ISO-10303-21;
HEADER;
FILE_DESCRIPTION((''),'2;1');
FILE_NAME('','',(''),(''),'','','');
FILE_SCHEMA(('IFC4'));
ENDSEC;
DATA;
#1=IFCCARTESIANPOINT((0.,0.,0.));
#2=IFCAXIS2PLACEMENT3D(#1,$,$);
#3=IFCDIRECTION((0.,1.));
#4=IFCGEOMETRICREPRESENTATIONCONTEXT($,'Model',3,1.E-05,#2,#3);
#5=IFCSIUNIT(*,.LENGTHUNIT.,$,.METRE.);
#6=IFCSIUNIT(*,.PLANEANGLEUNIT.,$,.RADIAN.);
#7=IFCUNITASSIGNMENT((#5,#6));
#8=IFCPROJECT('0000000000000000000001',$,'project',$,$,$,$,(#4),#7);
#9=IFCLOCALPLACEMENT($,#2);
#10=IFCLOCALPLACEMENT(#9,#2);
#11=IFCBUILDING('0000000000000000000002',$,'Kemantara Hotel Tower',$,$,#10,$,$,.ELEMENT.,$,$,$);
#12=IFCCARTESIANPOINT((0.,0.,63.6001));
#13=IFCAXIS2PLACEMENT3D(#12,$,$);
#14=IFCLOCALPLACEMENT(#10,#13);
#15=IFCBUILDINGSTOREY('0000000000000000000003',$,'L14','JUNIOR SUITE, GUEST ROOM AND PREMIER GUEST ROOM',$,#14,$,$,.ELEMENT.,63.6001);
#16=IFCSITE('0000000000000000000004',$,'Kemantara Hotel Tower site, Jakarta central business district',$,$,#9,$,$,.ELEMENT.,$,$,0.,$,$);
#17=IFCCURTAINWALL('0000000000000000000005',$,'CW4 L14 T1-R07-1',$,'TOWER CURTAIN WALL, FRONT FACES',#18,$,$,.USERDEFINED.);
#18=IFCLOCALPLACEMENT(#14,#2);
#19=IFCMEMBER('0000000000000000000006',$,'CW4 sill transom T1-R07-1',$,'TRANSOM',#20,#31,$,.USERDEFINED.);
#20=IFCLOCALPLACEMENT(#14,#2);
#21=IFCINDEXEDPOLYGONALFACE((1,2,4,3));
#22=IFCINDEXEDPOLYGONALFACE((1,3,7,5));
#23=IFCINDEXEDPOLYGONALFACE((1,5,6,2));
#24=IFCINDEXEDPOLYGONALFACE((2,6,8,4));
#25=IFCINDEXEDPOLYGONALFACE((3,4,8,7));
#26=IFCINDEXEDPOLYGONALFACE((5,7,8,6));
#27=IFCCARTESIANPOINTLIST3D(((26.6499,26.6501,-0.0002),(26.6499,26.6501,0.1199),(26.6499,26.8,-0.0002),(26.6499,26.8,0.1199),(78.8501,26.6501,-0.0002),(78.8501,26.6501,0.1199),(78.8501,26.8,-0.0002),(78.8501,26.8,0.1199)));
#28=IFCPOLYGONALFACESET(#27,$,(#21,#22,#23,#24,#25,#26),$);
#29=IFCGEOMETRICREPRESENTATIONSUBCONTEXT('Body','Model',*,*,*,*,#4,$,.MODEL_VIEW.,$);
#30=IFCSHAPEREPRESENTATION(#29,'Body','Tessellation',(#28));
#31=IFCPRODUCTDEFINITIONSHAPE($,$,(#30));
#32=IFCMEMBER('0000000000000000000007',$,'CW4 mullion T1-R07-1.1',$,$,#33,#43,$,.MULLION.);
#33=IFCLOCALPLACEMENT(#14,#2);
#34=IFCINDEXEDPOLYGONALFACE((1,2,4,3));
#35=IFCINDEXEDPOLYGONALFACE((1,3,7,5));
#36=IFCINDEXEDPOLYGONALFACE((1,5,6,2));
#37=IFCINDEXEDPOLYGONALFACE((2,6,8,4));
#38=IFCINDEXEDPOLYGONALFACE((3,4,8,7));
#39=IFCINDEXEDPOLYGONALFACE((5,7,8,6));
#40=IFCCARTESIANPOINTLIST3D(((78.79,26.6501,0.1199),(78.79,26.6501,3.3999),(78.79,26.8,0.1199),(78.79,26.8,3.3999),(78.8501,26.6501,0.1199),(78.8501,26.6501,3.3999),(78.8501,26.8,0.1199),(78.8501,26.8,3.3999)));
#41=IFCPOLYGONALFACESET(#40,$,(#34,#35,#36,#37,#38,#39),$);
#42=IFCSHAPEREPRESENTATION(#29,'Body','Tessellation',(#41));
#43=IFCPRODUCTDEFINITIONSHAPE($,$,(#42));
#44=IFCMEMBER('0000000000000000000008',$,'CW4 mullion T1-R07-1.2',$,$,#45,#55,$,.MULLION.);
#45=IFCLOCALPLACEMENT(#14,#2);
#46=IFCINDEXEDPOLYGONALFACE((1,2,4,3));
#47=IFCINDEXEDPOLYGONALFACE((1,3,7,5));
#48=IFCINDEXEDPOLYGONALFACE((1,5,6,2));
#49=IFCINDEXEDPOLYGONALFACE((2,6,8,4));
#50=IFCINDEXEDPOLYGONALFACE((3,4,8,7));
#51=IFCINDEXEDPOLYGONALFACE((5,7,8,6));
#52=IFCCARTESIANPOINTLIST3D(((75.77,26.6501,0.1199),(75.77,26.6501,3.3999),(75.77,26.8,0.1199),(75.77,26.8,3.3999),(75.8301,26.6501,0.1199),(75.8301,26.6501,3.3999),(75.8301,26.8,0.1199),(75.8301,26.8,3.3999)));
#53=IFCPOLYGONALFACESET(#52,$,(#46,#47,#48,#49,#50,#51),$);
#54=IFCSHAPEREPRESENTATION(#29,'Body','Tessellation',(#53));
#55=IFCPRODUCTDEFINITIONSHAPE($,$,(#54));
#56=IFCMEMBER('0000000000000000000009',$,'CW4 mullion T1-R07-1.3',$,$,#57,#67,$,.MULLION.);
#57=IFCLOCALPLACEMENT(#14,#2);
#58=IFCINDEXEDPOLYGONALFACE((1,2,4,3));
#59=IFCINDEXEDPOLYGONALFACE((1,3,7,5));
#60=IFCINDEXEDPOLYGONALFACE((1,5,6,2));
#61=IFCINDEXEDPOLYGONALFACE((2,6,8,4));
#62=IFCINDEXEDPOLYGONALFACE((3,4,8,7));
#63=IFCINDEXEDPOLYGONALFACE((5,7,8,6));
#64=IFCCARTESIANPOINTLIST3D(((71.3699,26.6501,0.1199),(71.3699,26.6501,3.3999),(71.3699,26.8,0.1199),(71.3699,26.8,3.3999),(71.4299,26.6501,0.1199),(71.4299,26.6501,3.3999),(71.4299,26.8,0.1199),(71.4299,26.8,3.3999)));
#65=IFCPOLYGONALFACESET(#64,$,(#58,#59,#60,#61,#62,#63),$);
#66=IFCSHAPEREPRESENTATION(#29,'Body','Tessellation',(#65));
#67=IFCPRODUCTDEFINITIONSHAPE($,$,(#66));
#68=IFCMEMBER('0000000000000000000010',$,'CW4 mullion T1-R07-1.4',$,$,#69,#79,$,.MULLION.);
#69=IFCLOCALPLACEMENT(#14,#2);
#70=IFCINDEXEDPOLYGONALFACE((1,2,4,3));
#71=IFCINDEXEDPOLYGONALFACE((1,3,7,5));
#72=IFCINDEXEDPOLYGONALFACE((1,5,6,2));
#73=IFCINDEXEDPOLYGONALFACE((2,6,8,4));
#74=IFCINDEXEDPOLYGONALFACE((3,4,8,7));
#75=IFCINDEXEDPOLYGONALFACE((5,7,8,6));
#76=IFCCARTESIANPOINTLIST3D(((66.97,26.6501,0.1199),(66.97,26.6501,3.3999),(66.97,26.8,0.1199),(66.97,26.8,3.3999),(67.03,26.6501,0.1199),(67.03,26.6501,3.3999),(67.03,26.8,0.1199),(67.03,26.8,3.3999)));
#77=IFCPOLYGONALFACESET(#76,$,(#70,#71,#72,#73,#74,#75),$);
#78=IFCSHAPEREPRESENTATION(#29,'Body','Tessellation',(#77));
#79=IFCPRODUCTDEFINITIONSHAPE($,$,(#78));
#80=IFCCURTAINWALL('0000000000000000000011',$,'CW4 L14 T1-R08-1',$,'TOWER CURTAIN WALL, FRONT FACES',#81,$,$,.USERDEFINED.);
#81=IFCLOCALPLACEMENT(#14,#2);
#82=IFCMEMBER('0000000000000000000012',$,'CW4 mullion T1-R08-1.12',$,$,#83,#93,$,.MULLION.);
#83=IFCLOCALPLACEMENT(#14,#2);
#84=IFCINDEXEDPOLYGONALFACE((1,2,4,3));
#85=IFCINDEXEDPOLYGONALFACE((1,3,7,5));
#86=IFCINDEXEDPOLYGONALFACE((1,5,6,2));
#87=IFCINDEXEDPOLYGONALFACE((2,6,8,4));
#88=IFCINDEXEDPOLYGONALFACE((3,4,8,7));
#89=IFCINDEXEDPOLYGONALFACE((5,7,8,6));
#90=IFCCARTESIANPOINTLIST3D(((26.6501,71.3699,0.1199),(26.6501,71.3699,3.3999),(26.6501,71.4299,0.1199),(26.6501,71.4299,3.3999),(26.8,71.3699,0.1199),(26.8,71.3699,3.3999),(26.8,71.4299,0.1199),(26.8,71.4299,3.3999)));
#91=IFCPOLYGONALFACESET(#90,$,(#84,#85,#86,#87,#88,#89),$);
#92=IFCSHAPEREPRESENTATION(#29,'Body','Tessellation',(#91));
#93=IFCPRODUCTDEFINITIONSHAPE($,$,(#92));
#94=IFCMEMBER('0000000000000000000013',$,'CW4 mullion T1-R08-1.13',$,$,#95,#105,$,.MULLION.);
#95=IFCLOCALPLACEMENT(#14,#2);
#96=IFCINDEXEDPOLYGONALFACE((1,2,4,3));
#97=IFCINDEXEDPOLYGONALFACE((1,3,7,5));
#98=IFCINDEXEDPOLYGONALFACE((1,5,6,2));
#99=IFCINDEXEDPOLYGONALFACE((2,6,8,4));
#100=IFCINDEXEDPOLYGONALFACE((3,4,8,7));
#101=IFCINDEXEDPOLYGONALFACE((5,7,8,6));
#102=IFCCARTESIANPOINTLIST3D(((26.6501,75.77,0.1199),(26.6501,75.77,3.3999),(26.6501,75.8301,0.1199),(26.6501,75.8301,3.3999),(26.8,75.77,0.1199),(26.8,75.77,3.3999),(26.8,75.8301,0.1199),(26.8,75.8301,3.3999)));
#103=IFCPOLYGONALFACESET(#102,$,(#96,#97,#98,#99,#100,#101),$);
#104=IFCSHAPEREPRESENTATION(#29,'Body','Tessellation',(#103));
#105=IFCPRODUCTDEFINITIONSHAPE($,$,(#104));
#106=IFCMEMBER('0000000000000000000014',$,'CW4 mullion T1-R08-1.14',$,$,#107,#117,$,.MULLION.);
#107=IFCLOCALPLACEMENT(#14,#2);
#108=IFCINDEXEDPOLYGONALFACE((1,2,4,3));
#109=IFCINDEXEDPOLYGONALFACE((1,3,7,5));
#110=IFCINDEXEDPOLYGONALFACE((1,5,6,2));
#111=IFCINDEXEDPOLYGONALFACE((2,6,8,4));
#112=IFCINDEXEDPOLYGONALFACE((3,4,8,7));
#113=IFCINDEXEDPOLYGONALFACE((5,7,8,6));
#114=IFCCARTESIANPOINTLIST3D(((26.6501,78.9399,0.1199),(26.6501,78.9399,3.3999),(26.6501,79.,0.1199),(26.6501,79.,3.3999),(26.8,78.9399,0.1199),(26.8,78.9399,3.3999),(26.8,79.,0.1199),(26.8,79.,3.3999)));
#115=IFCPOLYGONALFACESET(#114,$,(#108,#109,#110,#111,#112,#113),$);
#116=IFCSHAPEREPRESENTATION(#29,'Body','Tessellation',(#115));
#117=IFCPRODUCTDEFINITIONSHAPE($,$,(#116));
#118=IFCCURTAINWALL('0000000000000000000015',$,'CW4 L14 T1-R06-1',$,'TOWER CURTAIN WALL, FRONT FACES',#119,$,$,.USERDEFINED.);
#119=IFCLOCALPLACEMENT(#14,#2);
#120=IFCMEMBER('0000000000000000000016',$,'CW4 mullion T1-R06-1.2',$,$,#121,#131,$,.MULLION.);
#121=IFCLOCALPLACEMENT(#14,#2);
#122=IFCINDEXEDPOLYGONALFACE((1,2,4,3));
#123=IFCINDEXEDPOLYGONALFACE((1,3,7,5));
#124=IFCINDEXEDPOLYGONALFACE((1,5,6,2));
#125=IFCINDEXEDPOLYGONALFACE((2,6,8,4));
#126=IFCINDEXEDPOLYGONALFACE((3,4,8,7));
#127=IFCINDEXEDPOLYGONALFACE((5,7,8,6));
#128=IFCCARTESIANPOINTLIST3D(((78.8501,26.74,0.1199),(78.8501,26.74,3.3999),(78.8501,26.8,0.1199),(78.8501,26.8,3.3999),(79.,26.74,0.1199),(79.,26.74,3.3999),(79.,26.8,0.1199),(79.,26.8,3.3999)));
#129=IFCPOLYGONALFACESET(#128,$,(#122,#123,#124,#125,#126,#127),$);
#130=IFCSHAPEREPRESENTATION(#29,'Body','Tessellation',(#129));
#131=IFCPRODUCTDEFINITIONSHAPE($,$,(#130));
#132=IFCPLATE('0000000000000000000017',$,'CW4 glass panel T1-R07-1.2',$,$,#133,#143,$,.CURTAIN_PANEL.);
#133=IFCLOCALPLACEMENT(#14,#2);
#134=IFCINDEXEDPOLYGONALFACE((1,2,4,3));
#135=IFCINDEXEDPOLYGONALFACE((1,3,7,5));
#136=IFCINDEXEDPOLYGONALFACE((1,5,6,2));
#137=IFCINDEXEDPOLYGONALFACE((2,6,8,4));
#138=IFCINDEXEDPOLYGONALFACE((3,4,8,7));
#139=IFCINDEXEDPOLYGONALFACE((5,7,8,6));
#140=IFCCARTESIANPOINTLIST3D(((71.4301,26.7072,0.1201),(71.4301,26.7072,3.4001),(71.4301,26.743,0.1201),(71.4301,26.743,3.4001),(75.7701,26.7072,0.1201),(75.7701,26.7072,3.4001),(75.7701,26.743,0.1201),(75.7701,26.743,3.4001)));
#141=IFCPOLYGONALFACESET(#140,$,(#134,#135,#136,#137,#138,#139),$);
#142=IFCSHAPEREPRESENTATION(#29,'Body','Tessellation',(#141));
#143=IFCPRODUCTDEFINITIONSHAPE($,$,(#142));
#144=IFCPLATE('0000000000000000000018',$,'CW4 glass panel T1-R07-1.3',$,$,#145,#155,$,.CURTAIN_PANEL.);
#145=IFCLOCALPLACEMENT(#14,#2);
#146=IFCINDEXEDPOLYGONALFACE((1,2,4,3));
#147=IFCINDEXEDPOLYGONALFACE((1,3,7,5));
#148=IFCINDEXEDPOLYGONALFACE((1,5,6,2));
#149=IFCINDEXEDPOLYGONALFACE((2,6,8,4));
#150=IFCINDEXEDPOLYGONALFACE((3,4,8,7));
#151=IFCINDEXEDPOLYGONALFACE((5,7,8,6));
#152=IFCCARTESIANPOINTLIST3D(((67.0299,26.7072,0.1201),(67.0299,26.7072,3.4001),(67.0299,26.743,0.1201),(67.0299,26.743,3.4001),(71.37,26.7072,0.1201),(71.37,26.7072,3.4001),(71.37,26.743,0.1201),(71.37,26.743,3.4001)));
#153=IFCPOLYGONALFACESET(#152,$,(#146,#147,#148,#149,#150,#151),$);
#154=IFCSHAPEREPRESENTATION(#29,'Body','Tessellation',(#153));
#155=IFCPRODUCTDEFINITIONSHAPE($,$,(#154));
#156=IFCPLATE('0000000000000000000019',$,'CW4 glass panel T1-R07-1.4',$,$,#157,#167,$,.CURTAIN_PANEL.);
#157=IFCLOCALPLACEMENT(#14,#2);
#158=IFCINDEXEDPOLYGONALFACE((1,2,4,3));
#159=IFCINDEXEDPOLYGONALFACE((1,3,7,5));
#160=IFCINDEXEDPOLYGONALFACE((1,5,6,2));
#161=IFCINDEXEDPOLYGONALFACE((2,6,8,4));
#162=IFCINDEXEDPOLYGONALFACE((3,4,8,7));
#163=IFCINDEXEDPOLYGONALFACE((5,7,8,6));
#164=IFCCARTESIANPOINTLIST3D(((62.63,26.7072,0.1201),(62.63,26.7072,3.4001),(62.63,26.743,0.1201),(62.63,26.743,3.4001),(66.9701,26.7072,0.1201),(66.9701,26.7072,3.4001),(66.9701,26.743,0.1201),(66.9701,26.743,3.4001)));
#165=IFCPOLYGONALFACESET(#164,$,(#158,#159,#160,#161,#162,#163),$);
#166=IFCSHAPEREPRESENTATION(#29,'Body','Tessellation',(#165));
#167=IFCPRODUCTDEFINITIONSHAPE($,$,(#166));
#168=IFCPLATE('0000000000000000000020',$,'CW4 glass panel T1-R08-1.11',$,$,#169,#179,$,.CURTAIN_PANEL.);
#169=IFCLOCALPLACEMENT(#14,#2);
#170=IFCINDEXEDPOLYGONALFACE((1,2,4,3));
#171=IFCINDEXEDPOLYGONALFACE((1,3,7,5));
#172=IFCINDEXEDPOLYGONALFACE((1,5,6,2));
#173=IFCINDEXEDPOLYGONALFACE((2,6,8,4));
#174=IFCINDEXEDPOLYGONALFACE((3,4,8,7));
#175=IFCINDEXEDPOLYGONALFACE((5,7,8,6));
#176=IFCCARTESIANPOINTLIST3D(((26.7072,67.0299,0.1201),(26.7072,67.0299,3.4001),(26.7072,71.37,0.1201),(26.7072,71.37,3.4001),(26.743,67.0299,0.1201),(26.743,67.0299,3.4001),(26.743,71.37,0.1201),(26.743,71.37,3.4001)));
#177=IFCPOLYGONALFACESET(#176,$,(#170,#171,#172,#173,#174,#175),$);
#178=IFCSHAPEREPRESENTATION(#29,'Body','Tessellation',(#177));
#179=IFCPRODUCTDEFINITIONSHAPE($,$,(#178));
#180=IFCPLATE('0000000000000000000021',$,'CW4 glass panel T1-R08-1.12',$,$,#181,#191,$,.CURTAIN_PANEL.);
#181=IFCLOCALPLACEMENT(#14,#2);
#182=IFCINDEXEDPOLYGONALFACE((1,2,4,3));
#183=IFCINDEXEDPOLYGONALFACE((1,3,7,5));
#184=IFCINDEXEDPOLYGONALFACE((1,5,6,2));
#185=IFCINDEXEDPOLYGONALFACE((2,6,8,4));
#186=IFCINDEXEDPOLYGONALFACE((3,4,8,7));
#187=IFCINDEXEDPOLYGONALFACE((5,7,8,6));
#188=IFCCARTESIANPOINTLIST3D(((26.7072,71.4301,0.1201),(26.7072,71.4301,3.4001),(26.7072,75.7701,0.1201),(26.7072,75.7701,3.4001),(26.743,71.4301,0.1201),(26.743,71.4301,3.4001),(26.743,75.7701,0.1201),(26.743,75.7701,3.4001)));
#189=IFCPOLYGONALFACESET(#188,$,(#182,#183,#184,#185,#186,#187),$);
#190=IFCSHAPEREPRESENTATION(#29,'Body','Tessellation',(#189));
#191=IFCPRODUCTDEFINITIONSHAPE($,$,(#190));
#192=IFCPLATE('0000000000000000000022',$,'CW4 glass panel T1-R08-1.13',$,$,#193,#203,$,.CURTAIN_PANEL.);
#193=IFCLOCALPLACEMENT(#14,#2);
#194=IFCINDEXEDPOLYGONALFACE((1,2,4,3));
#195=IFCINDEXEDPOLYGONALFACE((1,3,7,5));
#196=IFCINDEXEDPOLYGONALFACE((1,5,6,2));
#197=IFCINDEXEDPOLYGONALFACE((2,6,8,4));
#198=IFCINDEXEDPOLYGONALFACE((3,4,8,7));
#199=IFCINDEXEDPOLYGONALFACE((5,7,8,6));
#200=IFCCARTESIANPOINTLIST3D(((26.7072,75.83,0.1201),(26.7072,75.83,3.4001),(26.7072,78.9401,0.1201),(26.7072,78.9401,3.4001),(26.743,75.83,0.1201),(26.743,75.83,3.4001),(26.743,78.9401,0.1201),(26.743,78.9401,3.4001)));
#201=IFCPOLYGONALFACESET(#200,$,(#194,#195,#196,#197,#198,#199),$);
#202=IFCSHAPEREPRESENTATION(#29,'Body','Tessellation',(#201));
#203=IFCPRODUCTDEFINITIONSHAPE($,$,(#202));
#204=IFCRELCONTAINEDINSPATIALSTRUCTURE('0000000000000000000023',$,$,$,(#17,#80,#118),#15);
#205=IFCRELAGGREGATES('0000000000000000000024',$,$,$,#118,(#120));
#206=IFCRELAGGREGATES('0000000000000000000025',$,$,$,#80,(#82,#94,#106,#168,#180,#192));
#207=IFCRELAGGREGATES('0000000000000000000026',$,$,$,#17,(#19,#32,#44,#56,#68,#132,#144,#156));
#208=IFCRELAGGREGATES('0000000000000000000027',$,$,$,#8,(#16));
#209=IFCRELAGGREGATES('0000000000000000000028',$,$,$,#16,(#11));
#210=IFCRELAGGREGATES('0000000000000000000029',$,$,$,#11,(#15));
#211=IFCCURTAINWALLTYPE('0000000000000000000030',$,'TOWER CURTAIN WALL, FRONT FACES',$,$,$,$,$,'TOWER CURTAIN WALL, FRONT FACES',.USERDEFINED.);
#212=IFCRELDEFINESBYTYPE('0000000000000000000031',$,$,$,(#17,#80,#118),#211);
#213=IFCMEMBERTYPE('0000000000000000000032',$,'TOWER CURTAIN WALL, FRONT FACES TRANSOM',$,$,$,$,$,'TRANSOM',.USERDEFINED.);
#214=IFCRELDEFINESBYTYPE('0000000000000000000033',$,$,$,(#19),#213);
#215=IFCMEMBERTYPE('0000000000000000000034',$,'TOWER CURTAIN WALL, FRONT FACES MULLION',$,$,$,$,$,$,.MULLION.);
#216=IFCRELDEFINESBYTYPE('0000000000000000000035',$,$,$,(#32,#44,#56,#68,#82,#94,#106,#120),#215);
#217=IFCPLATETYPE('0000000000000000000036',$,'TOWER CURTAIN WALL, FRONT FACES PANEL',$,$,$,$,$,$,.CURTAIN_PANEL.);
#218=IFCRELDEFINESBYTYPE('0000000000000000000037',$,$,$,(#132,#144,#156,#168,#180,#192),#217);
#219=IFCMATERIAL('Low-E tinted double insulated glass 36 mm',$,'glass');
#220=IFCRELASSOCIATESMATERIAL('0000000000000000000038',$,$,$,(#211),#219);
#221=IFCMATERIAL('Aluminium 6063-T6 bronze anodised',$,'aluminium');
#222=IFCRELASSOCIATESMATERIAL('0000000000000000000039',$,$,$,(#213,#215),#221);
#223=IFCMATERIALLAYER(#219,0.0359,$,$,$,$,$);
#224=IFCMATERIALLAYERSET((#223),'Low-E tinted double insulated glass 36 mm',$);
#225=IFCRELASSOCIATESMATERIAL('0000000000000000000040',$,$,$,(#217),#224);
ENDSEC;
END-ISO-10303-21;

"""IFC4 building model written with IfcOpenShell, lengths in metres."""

from ifc_helpers import new_model, si_unit, direction, frame, origin, origin_2d, place, context, subcontext, project, spatial, rectangle, extrude, source, transform, mapped, material, layer, layer_set, material_profile, profile_set, type_object, element, aggregate, save


model = new_model("IFC4")

# Units and contexts
model_context = context("Model", 3, precision=1e-05, world=origin(), true_north=direction((0.0, 1.0)))
body_context = subcontext(model_context, "Body", "Model", "MODEL_VIEW")
ifc_project = project(units=[si_unit("LENGTHUNIT", "METRE"), si_unit("PLANEANGLEUNIT", "RADIAN")], contexts=[model_context])

# Site, building, storey
site_placement = place(None, origin())
site = spatial("IfcSite", under=ifc_project, at=site_placement, Name="Kemantara Hotel Tower site, Jakarta central business district", CompositionType="ELEMENT", RefElevation=0.0)
building_placement = place(site_placement, origin())
building = spatial("IfcBuilding", under=site, at=building_placement, Name="Kemantara Hotel Tower", CompositionType="ELEMENT")
storey_placement = place(building_placement, frame((0.0, 0.0, 63.6001)))
storey = spatial("IfcBuildingStorey", under=building, at=storey_placement, Name="L14", Description="JUNIOR SUITE, GUEST ROOM AND PREMIER GUEST ROOM", CompositionType="ELEMENT", Elevation=63.6001)

# Curtain walls, members
ifc_material_1 = material(Name="Low-E tinted double insulated glass 36 mm", Category="glass")
curtain_wall_type = type_object("IfcCurtainWallType", Name="TOWER CURTAIN WALL, FRONT FACES", ElementType="TOWER CURTAIN WALL, FRONT FACES", PredefinedType="USERDEFINED", material=ifc_material_1)
curtain_wall_1_placement = place(storey_placement, origin())
curtain_wall_1 = element("IfcCurtainWall", 1, at=curtain_wall_1_placement, inside=storey, type_object=curtain_wall_type, Name="CW4 L14 T1-R07-1", ObjectType="TOWER CURTAIN WALL, FRONT FACES", PredefinedType="USERDEFINED")
ifc_material_2 = material(Name="Aluminium 6063-T6 bronze anodised", Category="aluminium")
ifc_material_profile_1 = material_profile(ifc_material_2, rectangle(XDim=0.1499, YDim=0.1201, at=origin_2d()), Name="TOWER CURTAIN WALL, FRONT FACES TRANSOM")
ifc_profile_set_1 = profile_set([ifc_material_profile_1], Name="Aluminium 6063-T6 bronze anodised")
member_type_1 = type_object("IfcMemberType", Name="TOWER CURTAIN WALL, FRONT FACES TRANSOM", ElementType="TRANSOM", PredefinedType="USERDEFINED", material=ifc_profile_set_1)
member_1_placement = place(storey_placement, frame((78.8501, 26.7251, 0.0598), z_axis=(-1.0, 0.0, 0.0), x_axis=(0.0, -1.0, 0.0)))
member_1 = element("IfcMember", 2, at=member_1_placement, type_object=member_type_1, Name="CW4 sill transom T1-R07-1", ObjectType="TRANSOM", PredefinedType="USERDEFINED", context=body_context, shape_type="SweptSolid", body=[
    extrude(rectangle(XDim=0.1499, YDim=0.1201, at=origin_2d()), origin(), (0.0, 0.0, 1.0), 52.2002),
])
ifc_material_profile_2 = material_profile(ifc_material_2, rectangle(XDim=0.1499, YDim=0.0601, at=origin_2d()), Name="TOWER CURTAIN WALL, FRONT FACES MULLION")
ifc_profile_set_2 = profile_set([ifc_material_profile_2], Name="Aluminium 6063-T6 bronze anodised")
member_type_2 = type_object("IfcMemberType", Name="TOWER CURTAIN WALL, FRONT FACES MULLION", PredefinedType="MULLION", material=ifc_profile_set_2)
shared_shape_1 = source(origin(), body_context, "Body", "SweptSolid", [
    extrude(rectangle(XDim=0.1499, YDim=0.0601, at=origin_2d()), origin(), (0.0, 0.0, 1.0), 3.28),
])
member_2_placement = place(storey_placement, frame((78.8201, 26.7251, 0.1199), z_axis=(0.0, 0.0, 1.0), x_axis=(0.0, -1.0, 0.0)))
member_2 = element("IfcMember", 3, at=member_2_placement, type_object=member_type_2, Name="CW4 mullion T1-R07-1.1", PredefinedType="MULLION", context=body_context, shape_type="MappedRepresentation", body=[
    mapped(shared_shape_1, transform((0.0, 0.0, 0.0))),
])
member_3_placement = place(storey_placement, frame((75.8, 26.7251, 0.1199), z_axis=(0.0, 0.0, 1.0), x_axis=(0.0, -1.0, 0.0)))
member_3 = element("IfcMember", 4, at=member_3_placement, type_object=member_type_2, Name="CW4 mullion T1-R07-1.2", PredefinedType="MULLION", context=body_context, shape_type="MappedRepresentation", body=[
    mapped(shared_shape_1, transform((0.0, 0.0, 0.0))),
])
member_4_placement = place(storey_placement, frame((71.3999, 26.7251, 0.1199), z_axis=(0.0, 0.0, 1.0), x_axis=(0.0, -1.0, 0.0)))
member_4 = element("IfcMember", 5, at=member_4_placement, type_object=member_type_2, Name="CW4 mullion T1-R07-1.3", PredefinedType="MULLION", context=body_context, shape_type="MappedRepresentation", body=[
    mapped(shared_shape_1, transform((0.0, 0.0, 0.0))),
])
member_5_placement = place(storey_placement, frame((67.0, 26.7251, 0.1199), z_axis=(0.0, 0.0, 1.0), x_axis=(0.0, -1.0, 0.0)))
member_5 = element("IfcMember", 6, at=member_5_placement, type_object=member_type_2, Name="CW4 mullion T1-R07-1.4", PredefinedType="MULLION", context=body_context, shape_type="MappedRepresentation", body=[
    mapped(shared_shape_1, transform((0.0, 0.0, 0.0))),
])
curtain_wall_2_placement = place(storey_placement, origin())
curtain_wall_2 = element("IfcCurtainWall", 7, at=curtain_wall_2_placement, inside=storey, type_object=curtain_wall_type, Name="CW4 L14 T1-R08-1", ObjectType="TOWER CURTAIN WALL, FRONT FACES", PredefinedType="USERDEFINED")
member_6_placement = place(storey_placement, frame((26.7251, 71.3999, 0.1199), z_axis=(0.0, 0.0, 1.0), x_axis=(-1.0, 0.0, 0.0)))
member_6 = element("IfcMember", 8, at=member_6_placement, type_object=member_type_2, Name="CW4 mullion T1-R08-1.12", PredefinedType="MULLION", context=body_context, shape_type="MappedRepresentation", body=[
    mapped(shared_shape_1, transform((0.0, 0.0, 0.0))),
])
member_7_placement = place(storey_placement, frame((26.7251, 75.8, 0.1199), z_axis=(0.0, 0.0, 1.0), x_axis=(-1.0, 0.0, 0.0)))
member_7 = element("IfcMember", 9, at=member_7_placement, type_object=member_type_2, Name="CW4 mullion T1-R08-1.13", PredefinedType="MULLION", context=body_context, shape_type="MappedRepresentation", body=[
    mapped(shared_shape_1, transform((0.0, 0.0, 0.0))),
])
member_8_placement = place(storey_placement, frame((26.7251, 78.97, 0.1199), z_axis=(0.0, 0.0, 1.0), x_axis=(-1.0, 0.0, 0.0)))
member_8 = element("IfcMember", 10, at=member_8_placement, type_object=member_type_2, Name="CW4 mullion T1-R08-1.14", PredefinedType="MULLION", context=body_context, shape_type="MappedRepresentation", body=[
    mapped(shared_shape_1, transform((0.0, 0.0, 0.0))),
])

# Curtain wall, member
curtain_wall_3_placement = place(storey_placement, origin())
curtain_wall_3 = element("IfcCurtainWall", 11, at=curtain_wall_3_placement, inside=storey, type_object=curtain_wall_type, Name="CW4 L14 T1-R06-1", ObjectType="TOWER CURTAIN WALL, FRONT FACES", PredefinedType="USERDEFINED")
member_9_placement = place(storey_placement, frame((78.925, 26.77, 0.1199), z_axis=(0.0, 0.0, 1.0), x_axis=(-1.0, 0.0, 0.0)))
member_9 = element("IfcMember", 12, at=member_9_placement, type_object=member_type_2, Name="CW4 mullion T1-R06-1.2", PredefinedType="MULLION", context=body_context, shape_type="MappedRepresentation", body=[
    mapped(shared_shape_1, transform((0.0, 0.0, 0.0))),
])
aggregate(curtain_wall_3, [member_9])

# Plates
ifc_layer_1 = layer(ifc_material_1, 0.0359)
ifc_layer_set_1 = layer_set([ifc_layer_1], Name="Low-E tinted double insulated glass 36 mm")
plate_type = type_object("IfcPlateType", Name="TOWER CURTAIN WALL, FRONT FACES PANEL", PredefinedType="CURTAIN_PANEL", material=ifc_layer_set_1)
shared_shape_2 = source(origin(), body_context, "Body", "SweptSolid", [
    extrude(rectangle(XDim=4.3401, YDim=0.0359, at=origin_2d()), origin(), (0.0, 0.0, 1.0), 3.28),
])
plate_1_placement = place(storey_placement, frame((73.6001, 26.7251, 0.1201), z_axis=(0.0, 0.0, 1.0), x_axis=(-1.0, 0.0, 0.0)))
plate_1 = element("IfcPlate", 13, at=plate_1_placement, type_object=plate_type, Name="CW4 glass panel T1-R07-1.2", PredefinedType="CURTAIN_PANEL", context=body_context, shape_type="MappedRepresentation", body=[
    mapped(shared_shape_2, transform((0.0, 0.0, 0.0))),
])
plate_2_placement = place(storey_placement, frame((69.2, 26.7251, 0.1201), z_axis=(0.0, 0.0, 1.0), x_axis=(-1.0, 0.0, 0.0)))
plate_2 = element("IfcPlate", 14, at=plate_2_placement, type_object=plate_type, Name="CW4 glass panel T1-R07-1.3", PredefinedType="CURTAIN_PANEL", context=body_context, shape_type="MappedRepresentation", body=[
    mapped(shared_shape_2, transform((0.0, 0.0, 0.0))),
])
plate_3_placement = place(storey_placement, frame((64.8, 26.7251, 0.1201), z_axis=(0.0, 0.0, 1.0), x_axis=(-1.0, 0.0, 0.0)))
plate_3 = element("IfcPlate", 15, at=plate_3_placement, type_object=plate_type, Name="CW4 glass panel T1-R07-1.4", PredefinedType="CURTAIN_PANEL", context=body_context, shape_type="MappedRepresentation", body=[
    mapped(shared_shape_2, transform((0.0, 0.0, 0.0))),
])
plate_4_placement = place(storey_placement, frame((26.7251, 69.2, 0.1201), z_axis=(0.0, 0.0, 1.0), x_axis=(0.0, 1.0, 0.0)))
plate_4 = element("IfcPlate", 16, at=plate_4_placement, type_object=plate_type, Name="CW4 glass panel T1-R08-1.11", PredefinedType="CURTAIN_PANEL", context=body_context, shape_type="MappedRepresentation", body=[
    mapped(shared_shape_2, transform((0.0, 0.0, 0.0))),
])
plate_5_placement = place(storey_placement, frame((26.7251, 73.6001, 0.1201), z_axis=(0.0, 0.0, 1.0), x_axis=(0.0, 1.0, 0.0)))
plate_5 = element("IfcPlate", 17, at=plate_5_placement, type_object=plate_type, Name="CW4 glass panel T1-R08-1.12", PredefinedType="CURTAIN_PANEL", context=body_context, shape_type="MappedRepresentation", body=[
    mapped(shared_shape_2, transform((0.0, 0.0, 0.0))),
])
shared_shape_3 = source(origin(), body_context, "Body", "SweptSolid", [
    extrude(rectangle(XDim=3.1101, YDim=0.0359, at=origin_2d()), origin(), (0.0, 0.0, 1.0), 3.28),
])
plate_6_placement = place(storey_placement, frame((26.7251, 77.385, 0.1201), z_axis=(0.0, 0.0, 1.0), x_axis=(0.0, 1.0, 0.0)))
plate_6 = element("IfcPlate", 18, at=plate_6_placement, type_object=plate_type, Name="CW4 glass panel T1-R08-1.13", PredefinedType="CURTAIN_PANEL", context=body_context, shape_type="MappedRepresentation", body=[
    mapped(shared_shape_3, transform((0.0, 0.0, 0.0))),
])
aggregate(curtain_wall_2, [member_6, member_7, member_8, plate_4, plate_5, plate_6])
aggregate(curtain_wall_1, [member_1, member_2, member_3, member_4, member_5, plate_1, plate_2, plate_3])

save(model, "model.ifc")
